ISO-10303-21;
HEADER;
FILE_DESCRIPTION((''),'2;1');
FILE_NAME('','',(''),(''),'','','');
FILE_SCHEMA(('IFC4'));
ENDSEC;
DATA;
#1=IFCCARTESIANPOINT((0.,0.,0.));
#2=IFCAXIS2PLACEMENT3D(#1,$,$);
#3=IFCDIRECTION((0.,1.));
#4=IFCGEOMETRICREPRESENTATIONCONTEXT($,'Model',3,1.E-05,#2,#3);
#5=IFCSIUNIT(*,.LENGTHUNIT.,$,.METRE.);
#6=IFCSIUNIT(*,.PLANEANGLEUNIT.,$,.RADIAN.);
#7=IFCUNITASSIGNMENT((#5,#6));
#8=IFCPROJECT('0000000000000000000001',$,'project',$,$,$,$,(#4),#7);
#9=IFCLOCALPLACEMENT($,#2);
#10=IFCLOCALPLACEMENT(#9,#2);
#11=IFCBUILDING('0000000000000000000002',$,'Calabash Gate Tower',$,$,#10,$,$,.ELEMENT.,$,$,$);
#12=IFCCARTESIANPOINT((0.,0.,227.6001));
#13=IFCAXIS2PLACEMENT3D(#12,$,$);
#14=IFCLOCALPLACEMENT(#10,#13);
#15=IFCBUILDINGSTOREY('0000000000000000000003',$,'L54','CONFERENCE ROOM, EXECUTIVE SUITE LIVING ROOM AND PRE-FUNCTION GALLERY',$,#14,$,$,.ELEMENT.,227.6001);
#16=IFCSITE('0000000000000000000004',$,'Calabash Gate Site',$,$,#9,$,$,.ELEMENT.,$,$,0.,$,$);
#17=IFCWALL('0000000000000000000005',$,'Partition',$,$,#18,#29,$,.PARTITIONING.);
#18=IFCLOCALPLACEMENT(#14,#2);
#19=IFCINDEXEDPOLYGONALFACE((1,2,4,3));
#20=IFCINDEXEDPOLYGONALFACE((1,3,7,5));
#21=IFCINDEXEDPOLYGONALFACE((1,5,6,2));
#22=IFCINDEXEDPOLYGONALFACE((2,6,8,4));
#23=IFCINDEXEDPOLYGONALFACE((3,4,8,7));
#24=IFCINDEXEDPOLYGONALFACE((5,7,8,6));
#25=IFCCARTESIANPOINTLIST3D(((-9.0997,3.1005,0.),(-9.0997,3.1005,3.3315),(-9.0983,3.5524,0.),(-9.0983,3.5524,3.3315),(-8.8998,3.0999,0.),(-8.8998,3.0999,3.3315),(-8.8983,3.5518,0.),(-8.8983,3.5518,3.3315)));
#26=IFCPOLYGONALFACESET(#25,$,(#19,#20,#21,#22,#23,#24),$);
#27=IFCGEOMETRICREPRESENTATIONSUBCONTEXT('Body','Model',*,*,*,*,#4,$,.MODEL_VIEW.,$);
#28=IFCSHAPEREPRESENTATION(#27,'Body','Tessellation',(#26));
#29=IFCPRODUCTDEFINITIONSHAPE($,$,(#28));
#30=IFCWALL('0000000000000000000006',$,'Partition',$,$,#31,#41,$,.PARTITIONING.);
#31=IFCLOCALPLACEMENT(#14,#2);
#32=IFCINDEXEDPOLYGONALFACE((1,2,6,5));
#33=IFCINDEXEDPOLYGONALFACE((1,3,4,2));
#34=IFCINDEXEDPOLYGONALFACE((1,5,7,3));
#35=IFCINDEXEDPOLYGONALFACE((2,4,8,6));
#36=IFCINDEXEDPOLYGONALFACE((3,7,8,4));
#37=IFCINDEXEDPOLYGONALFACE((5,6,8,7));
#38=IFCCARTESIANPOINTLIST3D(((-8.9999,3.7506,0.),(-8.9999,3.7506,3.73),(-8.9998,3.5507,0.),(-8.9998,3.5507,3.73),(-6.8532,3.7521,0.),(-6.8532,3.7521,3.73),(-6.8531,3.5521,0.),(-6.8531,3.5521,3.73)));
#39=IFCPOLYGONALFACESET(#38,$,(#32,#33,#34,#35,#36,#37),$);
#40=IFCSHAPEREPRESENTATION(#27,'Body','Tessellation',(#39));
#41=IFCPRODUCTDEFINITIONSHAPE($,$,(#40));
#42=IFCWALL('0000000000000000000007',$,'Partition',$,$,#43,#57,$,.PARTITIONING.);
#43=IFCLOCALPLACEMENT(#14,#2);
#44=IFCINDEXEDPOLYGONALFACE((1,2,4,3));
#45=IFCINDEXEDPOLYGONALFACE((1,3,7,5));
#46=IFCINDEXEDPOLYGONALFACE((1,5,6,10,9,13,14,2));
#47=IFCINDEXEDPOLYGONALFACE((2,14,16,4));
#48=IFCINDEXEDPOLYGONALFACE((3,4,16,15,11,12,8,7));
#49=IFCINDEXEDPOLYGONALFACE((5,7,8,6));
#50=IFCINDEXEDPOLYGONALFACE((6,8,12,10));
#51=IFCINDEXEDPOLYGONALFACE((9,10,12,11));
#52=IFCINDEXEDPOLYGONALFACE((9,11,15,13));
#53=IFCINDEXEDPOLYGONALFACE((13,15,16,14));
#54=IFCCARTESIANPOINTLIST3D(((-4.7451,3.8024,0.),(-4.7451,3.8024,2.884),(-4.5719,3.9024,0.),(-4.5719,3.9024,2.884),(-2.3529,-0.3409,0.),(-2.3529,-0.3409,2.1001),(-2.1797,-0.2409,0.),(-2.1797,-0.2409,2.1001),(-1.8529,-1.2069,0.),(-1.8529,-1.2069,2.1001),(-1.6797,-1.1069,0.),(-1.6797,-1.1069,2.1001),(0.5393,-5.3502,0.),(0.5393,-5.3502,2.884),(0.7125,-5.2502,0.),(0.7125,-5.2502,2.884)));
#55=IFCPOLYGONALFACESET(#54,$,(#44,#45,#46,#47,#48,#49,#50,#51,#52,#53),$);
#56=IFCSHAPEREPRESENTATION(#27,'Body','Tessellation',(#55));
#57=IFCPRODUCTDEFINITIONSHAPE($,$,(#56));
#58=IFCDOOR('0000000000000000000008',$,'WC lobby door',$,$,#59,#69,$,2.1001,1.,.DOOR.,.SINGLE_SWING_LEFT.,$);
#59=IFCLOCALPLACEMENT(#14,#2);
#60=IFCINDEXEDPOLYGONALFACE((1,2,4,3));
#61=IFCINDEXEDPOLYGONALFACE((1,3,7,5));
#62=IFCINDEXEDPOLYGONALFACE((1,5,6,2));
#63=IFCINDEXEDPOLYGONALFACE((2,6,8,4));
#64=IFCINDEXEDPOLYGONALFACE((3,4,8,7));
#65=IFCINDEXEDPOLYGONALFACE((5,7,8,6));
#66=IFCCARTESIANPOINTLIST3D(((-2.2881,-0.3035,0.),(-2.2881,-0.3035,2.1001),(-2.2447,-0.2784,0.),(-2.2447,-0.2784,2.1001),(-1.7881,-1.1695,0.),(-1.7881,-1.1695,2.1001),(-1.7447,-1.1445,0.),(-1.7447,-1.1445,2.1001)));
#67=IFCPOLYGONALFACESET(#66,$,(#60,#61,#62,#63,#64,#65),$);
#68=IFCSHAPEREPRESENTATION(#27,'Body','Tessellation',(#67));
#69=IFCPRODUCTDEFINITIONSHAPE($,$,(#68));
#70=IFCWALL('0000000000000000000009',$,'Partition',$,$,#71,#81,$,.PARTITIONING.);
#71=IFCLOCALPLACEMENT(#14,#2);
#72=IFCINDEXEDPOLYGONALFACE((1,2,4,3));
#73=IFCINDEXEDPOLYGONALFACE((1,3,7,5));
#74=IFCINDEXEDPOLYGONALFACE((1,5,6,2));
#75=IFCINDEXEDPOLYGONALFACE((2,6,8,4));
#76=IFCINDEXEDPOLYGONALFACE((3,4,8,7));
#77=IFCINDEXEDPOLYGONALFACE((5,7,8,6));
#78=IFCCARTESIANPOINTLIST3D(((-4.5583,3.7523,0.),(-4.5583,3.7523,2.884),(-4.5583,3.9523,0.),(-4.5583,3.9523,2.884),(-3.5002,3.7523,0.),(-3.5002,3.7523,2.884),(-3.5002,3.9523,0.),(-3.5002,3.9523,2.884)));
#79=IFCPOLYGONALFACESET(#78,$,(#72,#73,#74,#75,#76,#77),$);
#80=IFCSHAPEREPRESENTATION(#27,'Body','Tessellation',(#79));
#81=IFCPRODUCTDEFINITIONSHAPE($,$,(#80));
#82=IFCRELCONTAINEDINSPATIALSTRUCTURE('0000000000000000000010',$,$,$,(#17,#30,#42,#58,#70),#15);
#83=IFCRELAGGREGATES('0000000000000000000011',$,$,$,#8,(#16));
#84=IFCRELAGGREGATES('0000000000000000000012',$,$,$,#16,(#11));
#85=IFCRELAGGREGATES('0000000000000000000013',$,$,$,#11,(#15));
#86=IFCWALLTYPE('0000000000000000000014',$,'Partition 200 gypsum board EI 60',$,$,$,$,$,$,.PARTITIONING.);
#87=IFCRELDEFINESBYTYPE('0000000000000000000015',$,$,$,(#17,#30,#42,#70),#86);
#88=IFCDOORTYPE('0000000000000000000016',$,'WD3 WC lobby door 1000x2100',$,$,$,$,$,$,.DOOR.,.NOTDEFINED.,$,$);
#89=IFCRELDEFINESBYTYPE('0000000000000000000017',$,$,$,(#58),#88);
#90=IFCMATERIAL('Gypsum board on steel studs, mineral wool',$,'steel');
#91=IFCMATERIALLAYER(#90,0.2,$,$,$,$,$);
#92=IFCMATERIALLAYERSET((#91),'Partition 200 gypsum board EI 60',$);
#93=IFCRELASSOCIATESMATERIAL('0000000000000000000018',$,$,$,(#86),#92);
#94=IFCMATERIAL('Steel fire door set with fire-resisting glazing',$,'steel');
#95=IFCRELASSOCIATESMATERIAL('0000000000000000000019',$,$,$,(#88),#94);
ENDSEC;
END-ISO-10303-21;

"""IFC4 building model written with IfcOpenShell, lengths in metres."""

from ifc_helpers import new_model, si_unit, direction, frame, frame_2d, origin, place, context, subcontext, project, spatial, rectangle, extrude, material, layer, layer_set, type_object, element, fill, save


model = new_model("IFC4")

# Units and contexts
model_context = context("Model", 3, precision=1e-05, world=origin(), true_north=direction((0.0, 1.0)))
body_context = subcontext(model_context, "Body", "Model", "MODEL_VIEW")
ifc_project = project(units=[si_unit("LENGTHUNIT", "METRE"), si_unit("PLANEANGLEUNIT", "RADIAN")], contexts=[model_context])

# Site, building, storey
site_placement = place(None, origin())
site = spatial("IfcSite", under=ifc_project, at=site_placement, Name="Calabash Gate Site", CompositionType="ELEMENT", RefElevation=0.0)
building_placement = place(site_placement, origin())
building = spatial("IfcBuilding", under=site, at=building_placement, Name="Calabash Gate Tower", CompositionType="ELEMENT")
storey_placement = place(building_placement, frame((0.0, 0.0, 227.6001)))
storey = spatial("IfcBuildingStorey", under=building, at=storey_placement, Name="L54", Description="CONFERENCE ROOM, EXECUTIVE SUITE LIVING ROOM AND PRE-FUNCTION GALLERY", CompositionType="ELEMENT", Elevation=227.6001)

# Shared definitions
ifc_material_1 = material(Name="Gypsum board on steel studs, mineral wool", Category="steel")
ifc_layer_1 = layer(ifc_material_1, 0.2)
ifc_layer_set_1 = layer_set([ifc_layer_1], Name="Partition 200 gypsum board EI 60")
wall_type_1 = type_object("IfcWallType", Name="Partition 200 gypsum board EI 60", PredefinedType="PARTITIONING", material=ifc_layer_set_1)

# Walls
wall_1_placement = place(storey_placement, frame((-8.9998, 3.1001, 0.0), z_axis=(0.0, 0.0, 1.0), x_axis=(0.003241, 0.999995, 0.0)))
element("IfcWall", 1, at=wall_1_placement, inside=storey, type_object=wall_type_1, Name="Partition", PredefinedType="PARTITIONING", context=body_context, shape_type="SweptSolid", body=[
    extrude(rectangle(XDim=0.4519, YDim=0.2, at=frame_2d((0.2261, 0.0))), origin(), (0.0, 0.0, 1.0), 3.3315),
])
wall_2_placement = place(storey_placement, frame((-8.9998, 3.6506, 0.0), z_axis=(0.0, 0.0, 1.0), x_axis=(1.0, 0.000682, 0.0)))
element("IfcWall", 2, at=wall_2_placement, inside=storey, type_object=wall_type_1, Name="Partition", PredefinedType="PARTITIONING", context=body_context, shape_type="SweptSolid", body=[
    extrude(rectangle(XDim=2.1467, YDim=0.2, at=frame_2d((1.0732, 0.0))), origin(), (0.0, 0.0, 1.0), 3.73),
])

# Wall, opening, door
wall_3_placement = place(storey_placement, frame((-4.6584, 3.8523, 0.0), z_axis=(0.0, 0.0, 1.0), x_axis=(0.500012, -0.866018, 0.0)))
wall_3 = element("IfcWall", 3, at=wall_3_placement, inside=storey, type_object=wall_type_1, Name="Partition", PredefinedType="PARTITIONING", context=body_context, shape_type="SweptSolid", body=[
    extrude(rectangle(XDim=10.5686, YDim=0.2, at=frame_2d((5.2842, 0.0))), origin(), (0.0, 0.0, 1.0), 2.884),
])
opening_1_placement = place(wall_3_placement, frame((4.7842, 0.0, 0.0)))
opening_1 = element("IfcOpeningElement", 4, at=opening_1_placement, cuts=wall_3, PredefinedType="OPENING", context=body_context, shape_type="SweptSolid", body=[
    extrude(rectangle(XDim=1.0, YDim=2.1001, at=frame_2d((0.5, 1.05))), frame((0.0, 0.1099, 0.0), z_axis=(0.0, -1.0, 0.0), x_axis=(1.0, 0.0, 0.0)), (0.0, 0.0, 1.0), 0.22),
])
ifc_material_2 = material(Name="Steel fire door set with fire-resisting glazing", Category="steel")
door_type_1 = type_object("IfcDoorType", Name="WD3 WC lobby door 1000x2100", OperationType="NOTDEFINED", PredefinedType="DOOR", material=ifc_material_2)
door_1_placement = place(opening_1_placement, origin())
door_1 = element("IfcDoor", 5, at=door_1_placement, inside=storey, type_object=door_type_1, Name="WC lobby door", OperationType="SINGLE_SWING_LEFT", OverallHeight=2.1001, OverallWidth=1.0, PredefinedType="DOOR", context=body_context, shape_type="SweptSolid", body=[
    extrude(rectangle(XDim=1.0, YDim=2.1001, at=frame_2d((0.5, 1.05))), frame((0.0, 0.0249, 0.0), z_axis=(0.0, -1.0, 0.0), x_axis=(1.0, 0.0, 0.0)), (0.0, 0.0, 1.0), 0.05),
])
fill(opening_1, door_1)

# Wall
wall_4_placement = place(storey_placement, frame((-4.5583, 3.8523, 0.0), z_axis=(0.0, 0.0, 1.0), x_axis=(1.0, 0.0, 0.0)))
element("IfcWall", 6, at=wall_4_placement, inside=storey, type_object=wall_type_1, Name="Partition", PredefinedType="PARTITIONING", context=body_context, shape_type="SweptSolid", body=[
    extrude(rectangle(XDim=1.0581, YDim=0.2, at=frame_2d((0.5291, 0.0))), origin(), (0.0, 0.0, 1.0), 2.884),
])

save(model, "model.ifc")
